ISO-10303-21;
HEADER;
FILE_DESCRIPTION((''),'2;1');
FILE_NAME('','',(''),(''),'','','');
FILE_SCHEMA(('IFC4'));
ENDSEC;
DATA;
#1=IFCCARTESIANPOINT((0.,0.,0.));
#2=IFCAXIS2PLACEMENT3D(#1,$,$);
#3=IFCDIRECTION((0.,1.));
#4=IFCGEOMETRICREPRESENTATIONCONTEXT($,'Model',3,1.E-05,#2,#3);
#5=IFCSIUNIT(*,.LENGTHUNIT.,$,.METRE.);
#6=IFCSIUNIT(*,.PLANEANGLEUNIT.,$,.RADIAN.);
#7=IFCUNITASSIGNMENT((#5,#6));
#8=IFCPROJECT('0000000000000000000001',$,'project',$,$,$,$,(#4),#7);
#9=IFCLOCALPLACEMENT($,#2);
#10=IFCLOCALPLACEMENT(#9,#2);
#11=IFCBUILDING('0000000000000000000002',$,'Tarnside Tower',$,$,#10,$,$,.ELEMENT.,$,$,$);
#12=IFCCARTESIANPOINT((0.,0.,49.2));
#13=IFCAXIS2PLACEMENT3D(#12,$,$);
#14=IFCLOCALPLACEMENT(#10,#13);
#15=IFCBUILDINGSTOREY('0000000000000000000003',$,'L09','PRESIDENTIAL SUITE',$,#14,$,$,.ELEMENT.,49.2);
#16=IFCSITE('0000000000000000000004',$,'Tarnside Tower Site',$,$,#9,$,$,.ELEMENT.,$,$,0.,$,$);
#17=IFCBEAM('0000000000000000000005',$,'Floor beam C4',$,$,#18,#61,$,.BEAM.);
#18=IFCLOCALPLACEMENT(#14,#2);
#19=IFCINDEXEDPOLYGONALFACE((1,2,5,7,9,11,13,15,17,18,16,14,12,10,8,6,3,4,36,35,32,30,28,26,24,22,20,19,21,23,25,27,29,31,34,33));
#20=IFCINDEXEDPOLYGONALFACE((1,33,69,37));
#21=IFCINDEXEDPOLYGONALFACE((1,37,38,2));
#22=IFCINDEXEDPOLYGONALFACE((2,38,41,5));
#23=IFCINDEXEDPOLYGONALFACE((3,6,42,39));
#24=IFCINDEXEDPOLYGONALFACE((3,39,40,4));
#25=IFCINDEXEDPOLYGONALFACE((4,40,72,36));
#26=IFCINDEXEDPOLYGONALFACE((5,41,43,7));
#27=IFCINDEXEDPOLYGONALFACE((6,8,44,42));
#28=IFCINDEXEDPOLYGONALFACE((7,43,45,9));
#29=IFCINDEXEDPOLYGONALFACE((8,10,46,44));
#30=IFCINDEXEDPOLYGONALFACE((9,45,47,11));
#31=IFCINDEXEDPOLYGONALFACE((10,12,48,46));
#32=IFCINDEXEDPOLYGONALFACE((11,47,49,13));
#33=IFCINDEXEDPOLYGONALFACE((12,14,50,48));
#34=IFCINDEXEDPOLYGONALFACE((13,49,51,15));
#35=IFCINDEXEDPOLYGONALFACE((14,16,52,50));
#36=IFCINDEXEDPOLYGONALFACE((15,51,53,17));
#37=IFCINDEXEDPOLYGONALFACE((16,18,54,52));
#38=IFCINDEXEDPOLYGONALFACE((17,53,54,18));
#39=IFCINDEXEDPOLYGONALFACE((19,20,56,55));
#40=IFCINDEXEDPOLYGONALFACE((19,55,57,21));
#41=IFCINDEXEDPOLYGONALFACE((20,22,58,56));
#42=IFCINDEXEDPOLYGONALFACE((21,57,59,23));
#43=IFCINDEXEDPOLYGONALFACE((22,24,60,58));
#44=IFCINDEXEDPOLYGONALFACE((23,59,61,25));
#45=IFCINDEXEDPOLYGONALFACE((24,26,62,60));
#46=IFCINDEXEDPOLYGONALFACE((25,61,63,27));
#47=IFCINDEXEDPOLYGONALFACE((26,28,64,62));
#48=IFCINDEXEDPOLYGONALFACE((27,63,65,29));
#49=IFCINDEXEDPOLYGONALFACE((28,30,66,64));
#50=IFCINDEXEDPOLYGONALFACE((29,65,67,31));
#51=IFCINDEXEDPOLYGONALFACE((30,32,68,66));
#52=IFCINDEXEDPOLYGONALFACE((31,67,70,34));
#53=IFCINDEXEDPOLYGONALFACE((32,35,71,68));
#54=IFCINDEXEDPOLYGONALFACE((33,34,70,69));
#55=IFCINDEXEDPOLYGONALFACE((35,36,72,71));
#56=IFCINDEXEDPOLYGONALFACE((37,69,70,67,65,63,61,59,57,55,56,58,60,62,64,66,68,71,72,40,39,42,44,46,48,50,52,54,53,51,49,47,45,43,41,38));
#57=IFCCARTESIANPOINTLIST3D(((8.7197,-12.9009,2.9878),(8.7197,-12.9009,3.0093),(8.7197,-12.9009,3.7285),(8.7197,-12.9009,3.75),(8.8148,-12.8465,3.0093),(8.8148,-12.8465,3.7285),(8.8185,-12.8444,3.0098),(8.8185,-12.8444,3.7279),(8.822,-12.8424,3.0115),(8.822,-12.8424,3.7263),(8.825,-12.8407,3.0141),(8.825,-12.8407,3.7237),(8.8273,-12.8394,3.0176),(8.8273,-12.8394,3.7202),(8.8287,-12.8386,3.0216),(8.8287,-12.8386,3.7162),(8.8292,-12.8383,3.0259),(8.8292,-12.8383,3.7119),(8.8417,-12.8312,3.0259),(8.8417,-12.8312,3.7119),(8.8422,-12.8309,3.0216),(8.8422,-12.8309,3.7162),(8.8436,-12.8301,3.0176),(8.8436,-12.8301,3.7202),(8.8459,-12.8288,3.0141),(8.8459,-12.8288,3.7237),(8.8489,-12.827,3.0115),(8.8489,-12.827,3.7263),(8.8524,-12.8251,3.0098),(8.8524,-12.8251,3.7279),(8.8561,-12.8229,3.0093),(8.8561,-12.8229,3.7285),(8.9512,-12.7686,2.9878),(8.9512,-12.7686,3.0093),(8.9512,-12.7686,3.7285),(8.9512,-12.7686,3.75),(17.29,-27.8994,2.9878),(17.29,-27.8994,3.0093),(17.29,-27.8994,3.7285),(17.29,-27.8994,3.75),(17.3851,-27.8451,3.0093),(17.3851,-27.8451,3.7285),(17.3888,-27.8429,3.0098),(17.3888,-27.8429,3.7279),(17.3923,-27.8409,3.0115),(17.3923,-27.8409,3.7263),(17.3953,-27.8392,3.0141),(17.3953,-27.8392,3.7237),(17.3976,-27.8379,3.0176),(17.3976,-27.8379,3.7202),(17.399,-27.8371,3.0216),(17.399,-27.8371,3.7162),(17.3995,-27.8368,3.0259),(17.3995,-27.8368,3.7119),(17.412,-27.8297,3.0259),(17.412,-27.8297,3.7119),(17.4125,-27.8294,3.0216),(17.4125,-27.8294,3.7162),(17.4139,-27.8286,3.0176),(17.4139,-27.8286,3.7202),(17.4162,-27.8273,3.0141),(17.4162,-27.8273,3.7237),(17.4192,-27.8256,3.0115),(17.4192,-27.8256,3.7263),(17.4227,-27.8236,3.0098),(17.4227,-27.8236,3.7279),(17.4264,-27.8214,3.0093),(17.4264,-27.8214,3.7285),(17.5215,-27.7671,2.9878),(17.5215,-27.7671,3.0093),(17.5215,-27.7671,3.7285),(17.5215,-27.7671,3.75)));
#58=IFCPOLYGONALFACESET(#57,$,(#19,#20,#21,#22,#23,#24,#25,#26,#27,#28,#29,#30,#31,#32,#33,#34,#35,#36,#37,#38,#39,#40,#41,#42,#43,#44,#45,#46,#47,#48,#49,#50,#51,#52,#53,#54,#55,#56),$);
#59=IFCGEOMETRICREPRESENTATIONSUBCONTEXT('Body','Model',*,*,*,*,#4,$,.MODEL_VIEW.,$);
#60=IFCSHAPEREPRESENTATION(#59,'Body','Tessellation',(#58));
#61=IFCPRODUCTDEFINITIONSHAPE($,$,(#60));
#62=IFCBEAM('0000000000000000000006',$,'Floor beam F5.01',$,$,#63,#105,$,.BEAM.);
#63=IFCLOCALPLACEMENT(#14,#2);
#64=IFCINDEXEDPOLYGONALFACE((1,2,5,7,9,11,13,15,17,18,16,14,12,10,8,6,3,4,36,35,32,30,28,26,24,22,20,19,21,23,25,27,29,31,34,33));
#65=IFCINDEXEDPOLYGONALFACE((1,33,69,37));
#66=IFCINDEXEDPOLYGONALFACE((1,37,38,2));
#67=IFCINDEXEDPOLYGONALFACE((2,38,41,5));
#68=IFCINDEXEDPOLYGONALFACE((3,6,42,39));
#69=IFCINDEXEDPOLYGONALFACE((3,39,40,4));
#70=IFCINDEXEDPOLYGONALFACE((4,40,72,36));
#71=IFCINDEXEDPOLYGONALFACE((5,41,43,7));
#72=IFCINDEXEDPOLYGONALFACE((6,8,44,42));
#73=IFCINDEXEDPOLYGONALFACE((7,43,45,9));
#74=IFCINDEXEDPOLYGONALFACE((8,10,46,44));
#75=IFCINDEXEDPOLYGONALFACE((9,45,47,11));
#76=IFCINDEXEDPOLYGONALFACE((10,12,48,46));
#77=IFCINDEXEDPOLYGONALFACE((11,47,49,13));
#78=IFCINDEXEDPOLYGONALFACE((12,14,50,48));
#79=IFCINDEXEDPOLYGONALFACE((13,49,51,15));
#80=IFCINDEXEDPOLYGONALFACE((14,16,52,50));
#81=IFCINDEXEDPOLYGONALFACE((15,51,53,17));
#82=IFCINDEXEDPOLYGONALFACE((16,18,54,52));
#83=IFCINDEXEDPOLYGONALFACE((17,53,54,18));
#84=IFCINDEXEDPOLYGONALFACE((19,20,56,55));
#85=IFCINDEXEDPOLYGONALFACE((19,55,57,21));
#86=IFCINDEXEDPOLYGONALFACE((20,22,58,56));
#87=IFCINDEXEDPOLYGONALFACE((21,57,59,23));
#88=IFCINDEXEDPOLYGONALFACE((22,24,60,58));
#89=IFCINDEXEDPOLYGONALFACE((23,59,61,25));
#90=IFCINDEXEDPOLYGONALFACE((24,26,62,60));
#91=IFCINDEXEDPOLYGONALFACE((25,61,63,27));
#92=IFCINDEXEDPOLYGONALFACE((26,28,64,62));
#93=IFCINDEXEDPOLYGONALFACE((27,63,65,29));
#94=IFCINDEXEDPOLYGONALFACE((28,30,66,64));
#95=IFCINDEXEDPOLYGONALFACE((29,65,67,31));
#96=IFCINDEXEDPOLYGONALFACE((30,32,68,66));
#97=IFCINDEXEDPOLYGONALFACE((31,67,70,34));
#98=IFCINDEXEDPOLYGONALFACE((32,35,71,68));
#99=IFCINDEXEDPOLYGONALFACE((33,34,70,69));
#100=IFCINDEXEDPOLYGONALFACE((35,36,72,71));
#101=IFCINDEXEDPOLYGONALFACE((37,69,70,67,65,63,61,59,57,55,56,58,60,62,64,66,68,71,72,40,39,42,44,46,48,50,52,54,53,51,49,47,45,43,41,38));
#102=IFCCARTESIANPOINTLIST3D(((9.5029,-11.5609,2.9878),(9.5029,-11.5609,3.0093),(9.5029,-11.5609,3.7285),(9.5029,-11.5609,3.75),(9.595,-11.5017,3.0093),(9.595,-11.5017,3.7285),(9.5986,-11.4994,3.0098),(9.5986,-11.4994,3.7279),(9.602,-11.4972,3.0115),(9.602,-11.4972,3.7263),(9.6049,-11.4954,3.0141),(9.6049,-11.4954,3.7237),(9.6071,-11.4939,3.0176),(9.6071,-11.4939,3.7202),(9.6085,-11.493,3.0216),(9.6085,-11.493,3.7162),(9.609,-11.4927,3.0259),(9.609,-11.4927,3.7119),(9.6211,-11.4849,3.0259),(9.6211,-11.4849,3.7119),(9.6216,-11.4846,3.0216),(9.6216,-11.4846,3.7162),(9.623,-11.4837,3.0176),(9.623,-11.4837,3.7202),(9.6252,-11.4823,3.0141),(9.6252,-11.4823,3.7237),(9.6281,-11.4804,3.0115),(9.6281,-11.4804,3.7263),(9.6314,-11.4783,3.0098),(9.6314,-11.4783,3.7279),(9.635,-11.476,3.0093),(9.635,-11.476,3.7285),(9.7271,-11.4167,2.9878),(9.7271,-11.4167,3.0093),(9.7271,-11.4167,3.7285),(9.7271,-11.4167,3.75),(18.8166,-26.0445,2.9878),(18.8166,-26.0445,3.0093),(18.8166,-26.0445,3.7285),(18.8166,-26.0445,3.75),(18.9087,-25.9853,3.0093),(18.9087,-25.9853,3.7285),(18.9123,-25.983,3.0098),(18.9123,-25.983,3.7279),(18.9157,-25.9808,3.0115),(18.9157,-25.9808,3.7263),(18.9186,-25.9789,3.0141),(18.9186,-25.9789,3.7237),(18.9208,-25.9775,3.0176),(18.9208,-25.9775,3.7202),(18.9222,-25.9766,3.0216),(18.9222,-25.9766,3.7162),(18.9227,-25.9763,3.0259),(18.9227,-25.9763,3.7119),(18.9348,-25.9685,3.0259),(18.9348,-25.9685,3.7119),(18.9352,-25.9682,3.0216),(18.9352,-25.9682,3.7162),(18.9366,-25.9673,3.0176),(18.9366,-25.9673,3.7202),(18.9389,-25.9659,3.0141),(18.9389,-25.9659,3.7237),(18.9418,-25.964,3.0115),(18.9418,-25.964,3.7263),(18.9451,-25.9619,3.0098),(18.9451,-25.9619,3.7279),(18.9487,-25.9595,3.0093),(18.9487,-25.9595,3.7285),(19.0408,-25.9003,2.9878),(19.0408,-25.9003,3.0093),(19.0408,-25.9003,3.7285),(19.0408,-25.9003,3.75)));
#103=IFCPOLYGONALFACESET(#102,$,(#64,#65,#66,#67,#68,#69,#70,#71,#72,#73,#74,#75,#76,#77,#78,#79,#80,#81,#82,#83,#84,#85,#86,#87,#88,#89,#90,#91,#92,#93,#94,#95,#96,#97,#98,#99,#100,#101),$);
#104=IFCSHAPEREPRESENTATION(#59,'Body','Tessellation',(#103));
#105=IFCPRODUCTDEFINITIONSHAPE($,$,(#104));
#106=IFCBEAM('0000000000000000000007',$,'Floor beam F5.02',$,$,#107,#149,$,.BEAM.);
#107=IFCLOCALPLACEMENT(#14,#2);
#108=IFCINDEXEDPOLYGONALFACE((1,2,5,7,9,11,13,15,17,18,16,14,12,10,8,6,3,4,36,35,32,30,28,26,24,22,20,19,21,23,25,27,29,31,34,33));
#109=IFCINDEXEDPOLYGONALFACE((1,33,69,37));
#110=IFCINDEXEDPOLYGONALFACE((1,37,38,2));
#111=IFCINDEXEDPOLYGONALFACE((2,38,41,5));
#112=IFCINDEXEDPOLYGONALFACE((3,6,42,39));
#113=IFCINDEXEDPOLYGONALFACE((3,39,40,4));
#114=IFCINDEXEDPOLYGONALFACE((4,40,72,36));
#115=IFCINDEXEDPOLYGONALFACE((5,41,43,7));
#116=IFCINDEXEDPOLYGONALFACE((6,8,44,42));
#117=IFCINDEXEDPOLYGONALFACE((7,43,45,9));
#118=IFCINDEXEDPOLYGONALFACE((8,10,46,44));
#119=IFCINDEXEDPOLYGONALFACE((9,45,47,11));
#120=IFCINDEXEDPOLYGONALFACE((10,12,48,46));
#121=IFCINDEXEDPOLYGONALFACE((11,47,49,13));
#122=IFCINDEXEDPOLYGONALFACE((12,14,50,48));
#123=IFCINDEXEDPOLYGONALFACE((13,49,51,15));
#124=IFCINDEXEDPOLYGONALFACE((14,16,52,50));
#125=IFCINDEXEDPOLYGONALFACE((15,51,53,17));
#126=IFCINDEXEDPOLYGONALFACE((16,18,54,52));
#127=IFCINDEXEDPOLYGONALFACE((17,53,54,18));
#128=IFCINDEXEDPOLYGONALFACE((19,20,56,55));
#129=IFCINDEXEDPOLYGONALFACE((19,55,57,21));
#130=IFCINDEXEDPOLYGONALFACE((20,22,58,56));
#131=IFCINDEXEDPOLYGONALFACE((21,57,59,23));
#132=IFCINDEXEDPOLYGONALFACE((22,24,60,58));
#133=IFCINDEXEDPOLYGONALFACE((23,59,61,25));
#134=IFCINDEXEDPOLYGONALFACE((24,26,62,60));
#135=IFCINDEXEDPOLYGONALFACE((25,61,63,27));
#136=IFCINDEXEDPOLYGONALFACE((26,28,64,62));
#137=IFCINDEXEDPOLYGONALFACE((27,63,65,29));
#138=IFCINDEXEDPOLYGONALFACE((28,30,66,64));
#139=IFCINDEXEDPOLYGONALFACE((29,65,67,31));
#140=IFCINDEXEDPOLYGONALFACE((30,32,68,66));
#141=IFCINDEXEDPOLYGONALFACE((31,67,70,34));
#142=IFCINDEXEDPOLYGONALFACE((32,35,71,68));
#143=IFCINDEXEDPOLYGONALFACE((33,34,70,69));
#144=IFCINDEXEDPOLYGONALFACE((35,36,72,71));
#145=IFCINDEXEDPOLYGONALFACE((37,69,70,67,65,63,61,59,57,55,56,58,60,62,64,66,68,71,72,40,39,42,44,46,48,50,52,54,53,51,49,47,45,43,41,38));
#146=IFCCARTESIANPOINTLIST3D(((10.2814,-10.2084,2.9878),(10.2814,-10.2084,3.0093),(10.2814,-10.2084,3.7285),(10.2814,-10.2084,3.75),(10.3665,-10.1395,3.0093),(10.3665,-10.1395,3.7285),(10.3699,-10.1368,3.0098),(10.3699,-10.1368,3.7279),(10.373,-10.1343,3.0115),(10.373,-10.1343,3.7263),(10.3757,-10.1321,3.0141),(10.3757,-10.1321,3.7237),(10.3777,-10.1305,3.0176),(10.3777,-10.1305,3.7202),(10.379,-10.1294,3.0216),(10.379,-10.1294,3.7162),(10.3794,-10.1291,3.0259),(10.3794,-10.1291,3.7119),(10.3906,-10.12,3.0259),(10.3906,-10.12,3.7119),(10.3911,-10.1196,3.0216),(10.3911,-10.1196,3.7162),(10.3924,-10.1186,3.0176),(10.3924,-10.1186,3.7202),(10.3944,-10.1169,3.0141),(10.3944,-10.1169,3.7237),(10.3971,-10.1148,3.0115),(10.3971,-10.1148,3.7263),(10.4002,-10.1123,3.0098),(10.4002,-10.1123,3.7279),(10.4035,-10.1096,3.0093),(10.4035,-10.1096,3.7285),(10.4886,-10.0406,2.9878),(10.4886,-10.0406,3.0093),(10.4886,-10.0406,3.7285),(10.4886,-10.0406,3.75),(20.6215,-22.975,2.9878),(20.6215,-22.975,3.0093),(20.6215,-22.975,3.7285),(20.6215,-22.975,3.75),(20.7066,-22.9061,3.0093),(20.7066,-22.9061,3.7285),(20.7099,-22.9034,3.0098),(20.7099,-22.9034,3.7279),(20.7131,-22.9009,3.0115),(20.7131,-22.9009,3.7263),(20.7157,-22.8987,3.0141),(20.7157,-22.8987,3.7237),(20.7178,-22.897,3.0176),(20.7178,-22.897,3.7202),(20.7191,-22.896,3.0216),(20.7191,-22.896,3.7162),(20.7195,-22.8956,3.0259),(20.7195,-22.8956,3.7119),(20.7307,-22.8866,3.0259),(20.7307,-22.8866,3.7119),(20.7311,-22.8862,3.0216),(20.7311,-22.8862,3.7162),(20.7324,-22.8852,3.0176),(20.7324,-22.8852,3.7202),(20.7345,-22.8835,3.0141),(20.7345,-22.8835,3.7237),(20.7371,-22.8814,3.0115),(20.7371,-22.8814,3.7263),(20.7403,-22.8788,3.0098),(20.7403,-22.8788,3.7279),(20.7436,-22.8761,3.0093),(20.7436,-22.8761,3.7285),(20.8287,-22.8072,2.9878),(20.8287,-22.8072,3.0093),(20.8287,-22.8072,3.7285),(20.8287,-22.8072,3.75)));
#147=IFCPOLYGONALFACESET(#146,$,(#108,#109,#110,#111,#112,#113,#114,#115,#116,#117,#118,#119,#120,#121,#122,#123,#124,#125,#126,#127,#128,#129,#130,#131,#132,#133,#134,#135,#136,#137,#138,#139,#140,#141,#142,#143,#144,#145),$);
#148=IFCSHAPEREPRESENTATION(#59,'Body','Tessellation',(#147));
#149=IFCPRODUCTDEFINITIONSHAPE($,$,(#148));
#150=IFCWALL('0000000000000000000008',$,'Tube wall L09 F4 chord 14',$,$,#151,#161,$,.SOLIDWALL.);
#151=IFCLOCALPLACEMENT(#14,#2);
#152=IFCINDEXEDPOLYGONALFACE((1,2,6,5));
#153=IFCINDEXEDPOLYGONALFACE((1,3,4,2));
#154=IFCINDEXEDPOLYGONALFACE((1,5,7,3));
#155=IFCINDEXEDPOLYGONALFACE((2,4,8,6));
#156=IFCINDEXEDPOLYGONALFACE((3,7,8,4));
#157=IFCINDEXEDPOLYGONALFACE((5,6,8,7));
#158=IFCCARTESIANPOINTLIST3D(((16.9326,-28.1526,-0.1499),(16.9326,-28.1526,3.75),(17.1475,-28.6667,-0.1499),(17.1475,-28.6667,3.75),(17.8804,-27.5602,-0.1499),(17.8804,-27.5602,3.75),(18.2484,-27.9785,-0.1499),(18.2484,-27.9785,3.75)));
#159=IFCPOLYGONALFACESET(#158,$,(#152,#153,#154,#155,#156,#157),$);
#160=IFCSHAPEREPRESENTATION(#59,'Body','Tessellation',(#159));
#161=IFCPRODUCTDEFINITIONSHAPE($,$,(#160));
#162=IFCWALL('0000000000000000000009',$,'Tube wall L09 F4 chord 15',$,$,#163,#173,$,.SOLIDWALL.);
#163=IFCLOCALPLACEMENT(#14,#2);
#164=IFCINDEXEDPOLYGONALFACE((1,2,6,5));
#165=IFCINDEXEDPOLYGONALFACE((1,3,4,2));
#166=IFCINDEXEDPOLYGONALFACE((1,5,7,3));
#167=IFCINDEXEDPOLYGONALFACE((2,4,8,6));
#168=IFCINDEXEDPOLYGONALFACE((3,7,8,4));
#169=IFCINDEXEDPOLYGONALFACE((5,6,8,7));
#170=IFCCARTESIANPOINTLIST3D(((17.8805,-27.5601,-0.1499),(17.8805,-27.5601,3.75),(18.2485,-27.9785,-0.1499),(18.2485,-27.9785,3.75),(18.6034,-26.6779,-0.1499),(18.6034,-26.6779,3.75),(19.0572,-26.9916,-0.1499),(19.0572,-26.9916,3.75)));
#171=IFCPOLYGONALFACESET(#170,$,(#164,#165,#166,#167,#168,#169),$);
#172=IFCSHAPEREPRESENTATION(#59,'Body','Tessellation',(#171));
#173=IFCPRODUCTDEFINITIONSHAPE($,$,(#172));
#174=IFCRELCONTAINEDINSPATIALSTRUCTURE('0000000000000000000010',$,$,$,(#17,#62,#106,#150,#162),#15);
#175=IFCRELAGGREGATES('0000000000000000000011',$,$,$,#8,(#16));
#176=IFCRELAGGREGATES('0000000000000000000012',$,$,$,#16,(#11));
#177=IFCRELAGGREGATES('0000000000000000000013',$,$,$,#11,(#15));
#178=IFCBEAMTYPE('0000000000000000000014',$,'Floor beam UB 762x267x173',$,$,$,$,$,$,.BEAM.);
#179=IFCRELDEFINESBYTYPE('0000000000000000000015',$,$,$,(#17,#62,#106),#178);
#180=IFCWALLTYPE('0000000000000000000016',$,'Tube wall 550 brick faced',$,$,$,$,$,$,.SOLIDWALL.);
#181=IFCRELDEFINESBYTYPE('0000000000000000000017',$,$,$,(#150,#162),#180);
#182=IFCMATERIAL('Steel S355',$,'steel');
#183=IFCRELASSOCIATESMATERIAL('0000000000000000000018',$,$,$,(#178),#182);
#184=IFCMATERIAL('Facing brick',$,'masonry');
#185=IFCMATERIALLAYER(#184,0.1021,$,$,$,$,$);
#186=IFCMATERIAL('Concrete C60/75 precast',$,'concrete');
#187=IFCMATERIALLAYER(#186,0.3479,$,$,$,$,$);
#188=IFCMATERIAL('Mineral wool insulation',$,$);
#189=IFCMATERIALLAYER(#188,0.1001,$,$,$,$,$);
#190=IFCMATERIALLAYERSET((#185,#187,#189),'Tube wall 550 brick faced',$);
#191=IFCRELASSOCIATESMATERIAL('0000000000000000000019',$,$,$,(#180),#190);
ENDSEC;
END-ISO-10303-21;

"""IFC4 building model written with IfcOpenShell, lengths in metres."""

from ifc_helpers import new_model, si_unit, direction, frame, origin, origin_2d, place, context, subcontext, project, spatial, polyline, i_section, outline, extrude, material, layer, layer_set, material_profile, profile_set, type_object, element, save


model = new_model("IFC4")

# Units and contexts
model_context = context("Model", 3, precision=1e-05, world=origin(), true_north=direction((0.0, 1.0)))
body_context = subcontext(model_context, "Body", "Model", "MODEL_VIEW")
ifc_project = project(units=[si_unit("LENGTHUNIT", "METRE"), si_unit("PLANEANGLEUNIT", "RADIAN")], contexts=[model_context])

# Site, building, storey
site_placement = place(None, origin())
site = spatial("IfcSite", under=ifc_project, at=site_placement, Name="Tarnside Tower Site", CompositionType="ELEMENT", RefElevation=0.0)
building_placement = place(site_placement, origin())
building = spatial("IfcBuilding", under=site, at=building_placement, Name="Tarnside Tower", CompositionType="ELEMENT")
storey_placement = place(building_placement, frame((0.0, 0.0, 49.2)))
storey = spatial("IfcBuildingStorey", under=building, at=storey_placement, Name="L09", Description="PRESIDENTIAL SUITE", CompositionType="ELEMENT", Elevation=49.2)

# Beams
ifc_material_1 = material(Name="Steel S355", Category="steel")
ifc_material_profile = material_profile(ifc_material_1, i_section(OverallWidth=0.2666, OverallDepth=0.7622, WebThickness=0.0144, FlangeThickness=0.0215, FilletRadius=0.0166, at=origin_2d()), Name="UB 762x267x173")
ifc_profile_set = profile_set([ifc_material_profile], Name="Steel S355")
beam_type = type_object("IfcBeamType", Name="Floor beam UB 762x267x173", PredefinedType="BEAM", material=ifc_profile_set)
beam_1_placement = place(storey_placement, frame((17.4058, -27.8333, 3.3689), z_axis=(-0.496127, 0.86825, 0.0), x_axis=(-0.86825, -0.496127, 0.0)))
element("IfcBeam", 1, at=beam_1_placement, inside=storey, type_object=beam_type, Name="Floor beam C4", PredefinedType="BEAM", context=body_context, shape_type="SweptSolid", body=[
    extrude(i_section(OverallWidth=0.2666, OverallDepth=0.7622, WebThickness=0.0144, FlangeThickness=0.0215, FilletRadius=0.0166, at=origin_2d()), origin(), (0.0, 0.0, 1.0), 17.2744),
])
beam_2_placement = place(storey_placement, frame((18.9287, -25.9724, 3.3689), z_axis=(-0.540873, 0.841104, 0.0), x_axis=(-0.841104, -0.540873, 0.0)))
element("IfcBeam", 2, at=beam_2_placement, inside=storey, type_object=beam_type, Name="Floor beam F5.01", PredefinedType="BEAM", context=body_context, shape_type="SweptSolid", body=[
    extrude(i_section(OverallWidth=0.2666, OverallDepth=0.7622, WebThickness=0.0144, FlangeThickness=0.0215, FilletRadius=0.0166, at=origin_2d()), origin(), (0.0, 0.0, 1.0), 17.2197),
])
beam_3_placement = place(storey_placement, frame((20.7251, -22.8911, 3.3689), z_axis=(-0.62939, 0.777089, 0.0), x_axis=(-0.777089, -0.62939, 0.0)))
element("IfcBeam", 3, at=beam_3_placement, inside=storey, type_object=beam_type, Name="Floor beam F5.02", PredefinedType="BEAM", context=body_context, shape_type="SweptSolid", body=[
    extrude(i_section(OverallWidth=0.2666, OverallDepth=0.7622, WebThickness=0.0144, FlangeThickness=0.0215, FilletRadius=0.0166, at=origin_2d()), origin(), (0.0, 0.0, 1.0), 16.4287),
])

# Walls
ifc_material_2 = material(Name="Facing brick", Category="masonry")
ifc_layer_1 = layer(ifc_material_2, 0.1021)
ifc_material_3 = material(Name="Concrete C60/75 precast", Category="concrete")
ifc_layer_2 = layer(ifc_material_3, 0.3479)
ifc_material_4 = material(Name="Mineral wool insulation")
ifc_layer_3 = layer(ifc_material_4, 0.1001)
ifc_layer_set_1 = layer_set([ifc_layer_1, ifc_layer_2, ifc_layer_3], Name="Tube wall 550 brick faced")
wall_type = type_object("IfcWallType", Name="Tube wall 550 brick faced", PredefinedType="SOLIDWALL", material=ifc_layer_set_1)
wall_1_placement = place(storey_placement, frame((17.04, -28.4097, -0.1499), z_axis=(0.0, 0.0, 1.0), x_axis=(0.847953, 0.530072, 0.0)))
element("IfcWall", 4, at=wall_1_placement, inside=storey, type_object=wall_type, Name="Tube wall L09 F4 chord 14", PredefinedType="SOLIDWALL", context=body_context, shape_type="SweptSolid", body=[
    extrude(outline(polyline([(-0.0452, -0.2749), (1.2532, -0.2749), (1.1628, 0.2749), (0.0452, 0.2749), (-0.0452, -0.2749)])), origin(), (0.0, 0.0, 1.0), 3.8999),
])
wall_2_placement = place(storey_placement, frame((18.0645, -27.7693, -0.1499), z_axis=(0.0, 0.0, 1.0), x_axis=(0.633843, 0.773462, 0.0)))
element("IfcWall", 5, at=wall_2_placement, inside=storey, type_object=wall_type, Name="Tube wall L09 F4 chord 15", PredefinedType="SOLIDWALL", context=body_context, shape_type="SweptSolid", body=[
    extrude(outline(polyline([(-0.0452, -0.2749), (1.2307, -0.2749), (1.1858, 0.2749), (0.0452, 0.2749), (-0.0452, -0.2749)])), origin(), (0.0, 0.0, 1.0), 3.8999),
])

save(model, "model.ifc")
